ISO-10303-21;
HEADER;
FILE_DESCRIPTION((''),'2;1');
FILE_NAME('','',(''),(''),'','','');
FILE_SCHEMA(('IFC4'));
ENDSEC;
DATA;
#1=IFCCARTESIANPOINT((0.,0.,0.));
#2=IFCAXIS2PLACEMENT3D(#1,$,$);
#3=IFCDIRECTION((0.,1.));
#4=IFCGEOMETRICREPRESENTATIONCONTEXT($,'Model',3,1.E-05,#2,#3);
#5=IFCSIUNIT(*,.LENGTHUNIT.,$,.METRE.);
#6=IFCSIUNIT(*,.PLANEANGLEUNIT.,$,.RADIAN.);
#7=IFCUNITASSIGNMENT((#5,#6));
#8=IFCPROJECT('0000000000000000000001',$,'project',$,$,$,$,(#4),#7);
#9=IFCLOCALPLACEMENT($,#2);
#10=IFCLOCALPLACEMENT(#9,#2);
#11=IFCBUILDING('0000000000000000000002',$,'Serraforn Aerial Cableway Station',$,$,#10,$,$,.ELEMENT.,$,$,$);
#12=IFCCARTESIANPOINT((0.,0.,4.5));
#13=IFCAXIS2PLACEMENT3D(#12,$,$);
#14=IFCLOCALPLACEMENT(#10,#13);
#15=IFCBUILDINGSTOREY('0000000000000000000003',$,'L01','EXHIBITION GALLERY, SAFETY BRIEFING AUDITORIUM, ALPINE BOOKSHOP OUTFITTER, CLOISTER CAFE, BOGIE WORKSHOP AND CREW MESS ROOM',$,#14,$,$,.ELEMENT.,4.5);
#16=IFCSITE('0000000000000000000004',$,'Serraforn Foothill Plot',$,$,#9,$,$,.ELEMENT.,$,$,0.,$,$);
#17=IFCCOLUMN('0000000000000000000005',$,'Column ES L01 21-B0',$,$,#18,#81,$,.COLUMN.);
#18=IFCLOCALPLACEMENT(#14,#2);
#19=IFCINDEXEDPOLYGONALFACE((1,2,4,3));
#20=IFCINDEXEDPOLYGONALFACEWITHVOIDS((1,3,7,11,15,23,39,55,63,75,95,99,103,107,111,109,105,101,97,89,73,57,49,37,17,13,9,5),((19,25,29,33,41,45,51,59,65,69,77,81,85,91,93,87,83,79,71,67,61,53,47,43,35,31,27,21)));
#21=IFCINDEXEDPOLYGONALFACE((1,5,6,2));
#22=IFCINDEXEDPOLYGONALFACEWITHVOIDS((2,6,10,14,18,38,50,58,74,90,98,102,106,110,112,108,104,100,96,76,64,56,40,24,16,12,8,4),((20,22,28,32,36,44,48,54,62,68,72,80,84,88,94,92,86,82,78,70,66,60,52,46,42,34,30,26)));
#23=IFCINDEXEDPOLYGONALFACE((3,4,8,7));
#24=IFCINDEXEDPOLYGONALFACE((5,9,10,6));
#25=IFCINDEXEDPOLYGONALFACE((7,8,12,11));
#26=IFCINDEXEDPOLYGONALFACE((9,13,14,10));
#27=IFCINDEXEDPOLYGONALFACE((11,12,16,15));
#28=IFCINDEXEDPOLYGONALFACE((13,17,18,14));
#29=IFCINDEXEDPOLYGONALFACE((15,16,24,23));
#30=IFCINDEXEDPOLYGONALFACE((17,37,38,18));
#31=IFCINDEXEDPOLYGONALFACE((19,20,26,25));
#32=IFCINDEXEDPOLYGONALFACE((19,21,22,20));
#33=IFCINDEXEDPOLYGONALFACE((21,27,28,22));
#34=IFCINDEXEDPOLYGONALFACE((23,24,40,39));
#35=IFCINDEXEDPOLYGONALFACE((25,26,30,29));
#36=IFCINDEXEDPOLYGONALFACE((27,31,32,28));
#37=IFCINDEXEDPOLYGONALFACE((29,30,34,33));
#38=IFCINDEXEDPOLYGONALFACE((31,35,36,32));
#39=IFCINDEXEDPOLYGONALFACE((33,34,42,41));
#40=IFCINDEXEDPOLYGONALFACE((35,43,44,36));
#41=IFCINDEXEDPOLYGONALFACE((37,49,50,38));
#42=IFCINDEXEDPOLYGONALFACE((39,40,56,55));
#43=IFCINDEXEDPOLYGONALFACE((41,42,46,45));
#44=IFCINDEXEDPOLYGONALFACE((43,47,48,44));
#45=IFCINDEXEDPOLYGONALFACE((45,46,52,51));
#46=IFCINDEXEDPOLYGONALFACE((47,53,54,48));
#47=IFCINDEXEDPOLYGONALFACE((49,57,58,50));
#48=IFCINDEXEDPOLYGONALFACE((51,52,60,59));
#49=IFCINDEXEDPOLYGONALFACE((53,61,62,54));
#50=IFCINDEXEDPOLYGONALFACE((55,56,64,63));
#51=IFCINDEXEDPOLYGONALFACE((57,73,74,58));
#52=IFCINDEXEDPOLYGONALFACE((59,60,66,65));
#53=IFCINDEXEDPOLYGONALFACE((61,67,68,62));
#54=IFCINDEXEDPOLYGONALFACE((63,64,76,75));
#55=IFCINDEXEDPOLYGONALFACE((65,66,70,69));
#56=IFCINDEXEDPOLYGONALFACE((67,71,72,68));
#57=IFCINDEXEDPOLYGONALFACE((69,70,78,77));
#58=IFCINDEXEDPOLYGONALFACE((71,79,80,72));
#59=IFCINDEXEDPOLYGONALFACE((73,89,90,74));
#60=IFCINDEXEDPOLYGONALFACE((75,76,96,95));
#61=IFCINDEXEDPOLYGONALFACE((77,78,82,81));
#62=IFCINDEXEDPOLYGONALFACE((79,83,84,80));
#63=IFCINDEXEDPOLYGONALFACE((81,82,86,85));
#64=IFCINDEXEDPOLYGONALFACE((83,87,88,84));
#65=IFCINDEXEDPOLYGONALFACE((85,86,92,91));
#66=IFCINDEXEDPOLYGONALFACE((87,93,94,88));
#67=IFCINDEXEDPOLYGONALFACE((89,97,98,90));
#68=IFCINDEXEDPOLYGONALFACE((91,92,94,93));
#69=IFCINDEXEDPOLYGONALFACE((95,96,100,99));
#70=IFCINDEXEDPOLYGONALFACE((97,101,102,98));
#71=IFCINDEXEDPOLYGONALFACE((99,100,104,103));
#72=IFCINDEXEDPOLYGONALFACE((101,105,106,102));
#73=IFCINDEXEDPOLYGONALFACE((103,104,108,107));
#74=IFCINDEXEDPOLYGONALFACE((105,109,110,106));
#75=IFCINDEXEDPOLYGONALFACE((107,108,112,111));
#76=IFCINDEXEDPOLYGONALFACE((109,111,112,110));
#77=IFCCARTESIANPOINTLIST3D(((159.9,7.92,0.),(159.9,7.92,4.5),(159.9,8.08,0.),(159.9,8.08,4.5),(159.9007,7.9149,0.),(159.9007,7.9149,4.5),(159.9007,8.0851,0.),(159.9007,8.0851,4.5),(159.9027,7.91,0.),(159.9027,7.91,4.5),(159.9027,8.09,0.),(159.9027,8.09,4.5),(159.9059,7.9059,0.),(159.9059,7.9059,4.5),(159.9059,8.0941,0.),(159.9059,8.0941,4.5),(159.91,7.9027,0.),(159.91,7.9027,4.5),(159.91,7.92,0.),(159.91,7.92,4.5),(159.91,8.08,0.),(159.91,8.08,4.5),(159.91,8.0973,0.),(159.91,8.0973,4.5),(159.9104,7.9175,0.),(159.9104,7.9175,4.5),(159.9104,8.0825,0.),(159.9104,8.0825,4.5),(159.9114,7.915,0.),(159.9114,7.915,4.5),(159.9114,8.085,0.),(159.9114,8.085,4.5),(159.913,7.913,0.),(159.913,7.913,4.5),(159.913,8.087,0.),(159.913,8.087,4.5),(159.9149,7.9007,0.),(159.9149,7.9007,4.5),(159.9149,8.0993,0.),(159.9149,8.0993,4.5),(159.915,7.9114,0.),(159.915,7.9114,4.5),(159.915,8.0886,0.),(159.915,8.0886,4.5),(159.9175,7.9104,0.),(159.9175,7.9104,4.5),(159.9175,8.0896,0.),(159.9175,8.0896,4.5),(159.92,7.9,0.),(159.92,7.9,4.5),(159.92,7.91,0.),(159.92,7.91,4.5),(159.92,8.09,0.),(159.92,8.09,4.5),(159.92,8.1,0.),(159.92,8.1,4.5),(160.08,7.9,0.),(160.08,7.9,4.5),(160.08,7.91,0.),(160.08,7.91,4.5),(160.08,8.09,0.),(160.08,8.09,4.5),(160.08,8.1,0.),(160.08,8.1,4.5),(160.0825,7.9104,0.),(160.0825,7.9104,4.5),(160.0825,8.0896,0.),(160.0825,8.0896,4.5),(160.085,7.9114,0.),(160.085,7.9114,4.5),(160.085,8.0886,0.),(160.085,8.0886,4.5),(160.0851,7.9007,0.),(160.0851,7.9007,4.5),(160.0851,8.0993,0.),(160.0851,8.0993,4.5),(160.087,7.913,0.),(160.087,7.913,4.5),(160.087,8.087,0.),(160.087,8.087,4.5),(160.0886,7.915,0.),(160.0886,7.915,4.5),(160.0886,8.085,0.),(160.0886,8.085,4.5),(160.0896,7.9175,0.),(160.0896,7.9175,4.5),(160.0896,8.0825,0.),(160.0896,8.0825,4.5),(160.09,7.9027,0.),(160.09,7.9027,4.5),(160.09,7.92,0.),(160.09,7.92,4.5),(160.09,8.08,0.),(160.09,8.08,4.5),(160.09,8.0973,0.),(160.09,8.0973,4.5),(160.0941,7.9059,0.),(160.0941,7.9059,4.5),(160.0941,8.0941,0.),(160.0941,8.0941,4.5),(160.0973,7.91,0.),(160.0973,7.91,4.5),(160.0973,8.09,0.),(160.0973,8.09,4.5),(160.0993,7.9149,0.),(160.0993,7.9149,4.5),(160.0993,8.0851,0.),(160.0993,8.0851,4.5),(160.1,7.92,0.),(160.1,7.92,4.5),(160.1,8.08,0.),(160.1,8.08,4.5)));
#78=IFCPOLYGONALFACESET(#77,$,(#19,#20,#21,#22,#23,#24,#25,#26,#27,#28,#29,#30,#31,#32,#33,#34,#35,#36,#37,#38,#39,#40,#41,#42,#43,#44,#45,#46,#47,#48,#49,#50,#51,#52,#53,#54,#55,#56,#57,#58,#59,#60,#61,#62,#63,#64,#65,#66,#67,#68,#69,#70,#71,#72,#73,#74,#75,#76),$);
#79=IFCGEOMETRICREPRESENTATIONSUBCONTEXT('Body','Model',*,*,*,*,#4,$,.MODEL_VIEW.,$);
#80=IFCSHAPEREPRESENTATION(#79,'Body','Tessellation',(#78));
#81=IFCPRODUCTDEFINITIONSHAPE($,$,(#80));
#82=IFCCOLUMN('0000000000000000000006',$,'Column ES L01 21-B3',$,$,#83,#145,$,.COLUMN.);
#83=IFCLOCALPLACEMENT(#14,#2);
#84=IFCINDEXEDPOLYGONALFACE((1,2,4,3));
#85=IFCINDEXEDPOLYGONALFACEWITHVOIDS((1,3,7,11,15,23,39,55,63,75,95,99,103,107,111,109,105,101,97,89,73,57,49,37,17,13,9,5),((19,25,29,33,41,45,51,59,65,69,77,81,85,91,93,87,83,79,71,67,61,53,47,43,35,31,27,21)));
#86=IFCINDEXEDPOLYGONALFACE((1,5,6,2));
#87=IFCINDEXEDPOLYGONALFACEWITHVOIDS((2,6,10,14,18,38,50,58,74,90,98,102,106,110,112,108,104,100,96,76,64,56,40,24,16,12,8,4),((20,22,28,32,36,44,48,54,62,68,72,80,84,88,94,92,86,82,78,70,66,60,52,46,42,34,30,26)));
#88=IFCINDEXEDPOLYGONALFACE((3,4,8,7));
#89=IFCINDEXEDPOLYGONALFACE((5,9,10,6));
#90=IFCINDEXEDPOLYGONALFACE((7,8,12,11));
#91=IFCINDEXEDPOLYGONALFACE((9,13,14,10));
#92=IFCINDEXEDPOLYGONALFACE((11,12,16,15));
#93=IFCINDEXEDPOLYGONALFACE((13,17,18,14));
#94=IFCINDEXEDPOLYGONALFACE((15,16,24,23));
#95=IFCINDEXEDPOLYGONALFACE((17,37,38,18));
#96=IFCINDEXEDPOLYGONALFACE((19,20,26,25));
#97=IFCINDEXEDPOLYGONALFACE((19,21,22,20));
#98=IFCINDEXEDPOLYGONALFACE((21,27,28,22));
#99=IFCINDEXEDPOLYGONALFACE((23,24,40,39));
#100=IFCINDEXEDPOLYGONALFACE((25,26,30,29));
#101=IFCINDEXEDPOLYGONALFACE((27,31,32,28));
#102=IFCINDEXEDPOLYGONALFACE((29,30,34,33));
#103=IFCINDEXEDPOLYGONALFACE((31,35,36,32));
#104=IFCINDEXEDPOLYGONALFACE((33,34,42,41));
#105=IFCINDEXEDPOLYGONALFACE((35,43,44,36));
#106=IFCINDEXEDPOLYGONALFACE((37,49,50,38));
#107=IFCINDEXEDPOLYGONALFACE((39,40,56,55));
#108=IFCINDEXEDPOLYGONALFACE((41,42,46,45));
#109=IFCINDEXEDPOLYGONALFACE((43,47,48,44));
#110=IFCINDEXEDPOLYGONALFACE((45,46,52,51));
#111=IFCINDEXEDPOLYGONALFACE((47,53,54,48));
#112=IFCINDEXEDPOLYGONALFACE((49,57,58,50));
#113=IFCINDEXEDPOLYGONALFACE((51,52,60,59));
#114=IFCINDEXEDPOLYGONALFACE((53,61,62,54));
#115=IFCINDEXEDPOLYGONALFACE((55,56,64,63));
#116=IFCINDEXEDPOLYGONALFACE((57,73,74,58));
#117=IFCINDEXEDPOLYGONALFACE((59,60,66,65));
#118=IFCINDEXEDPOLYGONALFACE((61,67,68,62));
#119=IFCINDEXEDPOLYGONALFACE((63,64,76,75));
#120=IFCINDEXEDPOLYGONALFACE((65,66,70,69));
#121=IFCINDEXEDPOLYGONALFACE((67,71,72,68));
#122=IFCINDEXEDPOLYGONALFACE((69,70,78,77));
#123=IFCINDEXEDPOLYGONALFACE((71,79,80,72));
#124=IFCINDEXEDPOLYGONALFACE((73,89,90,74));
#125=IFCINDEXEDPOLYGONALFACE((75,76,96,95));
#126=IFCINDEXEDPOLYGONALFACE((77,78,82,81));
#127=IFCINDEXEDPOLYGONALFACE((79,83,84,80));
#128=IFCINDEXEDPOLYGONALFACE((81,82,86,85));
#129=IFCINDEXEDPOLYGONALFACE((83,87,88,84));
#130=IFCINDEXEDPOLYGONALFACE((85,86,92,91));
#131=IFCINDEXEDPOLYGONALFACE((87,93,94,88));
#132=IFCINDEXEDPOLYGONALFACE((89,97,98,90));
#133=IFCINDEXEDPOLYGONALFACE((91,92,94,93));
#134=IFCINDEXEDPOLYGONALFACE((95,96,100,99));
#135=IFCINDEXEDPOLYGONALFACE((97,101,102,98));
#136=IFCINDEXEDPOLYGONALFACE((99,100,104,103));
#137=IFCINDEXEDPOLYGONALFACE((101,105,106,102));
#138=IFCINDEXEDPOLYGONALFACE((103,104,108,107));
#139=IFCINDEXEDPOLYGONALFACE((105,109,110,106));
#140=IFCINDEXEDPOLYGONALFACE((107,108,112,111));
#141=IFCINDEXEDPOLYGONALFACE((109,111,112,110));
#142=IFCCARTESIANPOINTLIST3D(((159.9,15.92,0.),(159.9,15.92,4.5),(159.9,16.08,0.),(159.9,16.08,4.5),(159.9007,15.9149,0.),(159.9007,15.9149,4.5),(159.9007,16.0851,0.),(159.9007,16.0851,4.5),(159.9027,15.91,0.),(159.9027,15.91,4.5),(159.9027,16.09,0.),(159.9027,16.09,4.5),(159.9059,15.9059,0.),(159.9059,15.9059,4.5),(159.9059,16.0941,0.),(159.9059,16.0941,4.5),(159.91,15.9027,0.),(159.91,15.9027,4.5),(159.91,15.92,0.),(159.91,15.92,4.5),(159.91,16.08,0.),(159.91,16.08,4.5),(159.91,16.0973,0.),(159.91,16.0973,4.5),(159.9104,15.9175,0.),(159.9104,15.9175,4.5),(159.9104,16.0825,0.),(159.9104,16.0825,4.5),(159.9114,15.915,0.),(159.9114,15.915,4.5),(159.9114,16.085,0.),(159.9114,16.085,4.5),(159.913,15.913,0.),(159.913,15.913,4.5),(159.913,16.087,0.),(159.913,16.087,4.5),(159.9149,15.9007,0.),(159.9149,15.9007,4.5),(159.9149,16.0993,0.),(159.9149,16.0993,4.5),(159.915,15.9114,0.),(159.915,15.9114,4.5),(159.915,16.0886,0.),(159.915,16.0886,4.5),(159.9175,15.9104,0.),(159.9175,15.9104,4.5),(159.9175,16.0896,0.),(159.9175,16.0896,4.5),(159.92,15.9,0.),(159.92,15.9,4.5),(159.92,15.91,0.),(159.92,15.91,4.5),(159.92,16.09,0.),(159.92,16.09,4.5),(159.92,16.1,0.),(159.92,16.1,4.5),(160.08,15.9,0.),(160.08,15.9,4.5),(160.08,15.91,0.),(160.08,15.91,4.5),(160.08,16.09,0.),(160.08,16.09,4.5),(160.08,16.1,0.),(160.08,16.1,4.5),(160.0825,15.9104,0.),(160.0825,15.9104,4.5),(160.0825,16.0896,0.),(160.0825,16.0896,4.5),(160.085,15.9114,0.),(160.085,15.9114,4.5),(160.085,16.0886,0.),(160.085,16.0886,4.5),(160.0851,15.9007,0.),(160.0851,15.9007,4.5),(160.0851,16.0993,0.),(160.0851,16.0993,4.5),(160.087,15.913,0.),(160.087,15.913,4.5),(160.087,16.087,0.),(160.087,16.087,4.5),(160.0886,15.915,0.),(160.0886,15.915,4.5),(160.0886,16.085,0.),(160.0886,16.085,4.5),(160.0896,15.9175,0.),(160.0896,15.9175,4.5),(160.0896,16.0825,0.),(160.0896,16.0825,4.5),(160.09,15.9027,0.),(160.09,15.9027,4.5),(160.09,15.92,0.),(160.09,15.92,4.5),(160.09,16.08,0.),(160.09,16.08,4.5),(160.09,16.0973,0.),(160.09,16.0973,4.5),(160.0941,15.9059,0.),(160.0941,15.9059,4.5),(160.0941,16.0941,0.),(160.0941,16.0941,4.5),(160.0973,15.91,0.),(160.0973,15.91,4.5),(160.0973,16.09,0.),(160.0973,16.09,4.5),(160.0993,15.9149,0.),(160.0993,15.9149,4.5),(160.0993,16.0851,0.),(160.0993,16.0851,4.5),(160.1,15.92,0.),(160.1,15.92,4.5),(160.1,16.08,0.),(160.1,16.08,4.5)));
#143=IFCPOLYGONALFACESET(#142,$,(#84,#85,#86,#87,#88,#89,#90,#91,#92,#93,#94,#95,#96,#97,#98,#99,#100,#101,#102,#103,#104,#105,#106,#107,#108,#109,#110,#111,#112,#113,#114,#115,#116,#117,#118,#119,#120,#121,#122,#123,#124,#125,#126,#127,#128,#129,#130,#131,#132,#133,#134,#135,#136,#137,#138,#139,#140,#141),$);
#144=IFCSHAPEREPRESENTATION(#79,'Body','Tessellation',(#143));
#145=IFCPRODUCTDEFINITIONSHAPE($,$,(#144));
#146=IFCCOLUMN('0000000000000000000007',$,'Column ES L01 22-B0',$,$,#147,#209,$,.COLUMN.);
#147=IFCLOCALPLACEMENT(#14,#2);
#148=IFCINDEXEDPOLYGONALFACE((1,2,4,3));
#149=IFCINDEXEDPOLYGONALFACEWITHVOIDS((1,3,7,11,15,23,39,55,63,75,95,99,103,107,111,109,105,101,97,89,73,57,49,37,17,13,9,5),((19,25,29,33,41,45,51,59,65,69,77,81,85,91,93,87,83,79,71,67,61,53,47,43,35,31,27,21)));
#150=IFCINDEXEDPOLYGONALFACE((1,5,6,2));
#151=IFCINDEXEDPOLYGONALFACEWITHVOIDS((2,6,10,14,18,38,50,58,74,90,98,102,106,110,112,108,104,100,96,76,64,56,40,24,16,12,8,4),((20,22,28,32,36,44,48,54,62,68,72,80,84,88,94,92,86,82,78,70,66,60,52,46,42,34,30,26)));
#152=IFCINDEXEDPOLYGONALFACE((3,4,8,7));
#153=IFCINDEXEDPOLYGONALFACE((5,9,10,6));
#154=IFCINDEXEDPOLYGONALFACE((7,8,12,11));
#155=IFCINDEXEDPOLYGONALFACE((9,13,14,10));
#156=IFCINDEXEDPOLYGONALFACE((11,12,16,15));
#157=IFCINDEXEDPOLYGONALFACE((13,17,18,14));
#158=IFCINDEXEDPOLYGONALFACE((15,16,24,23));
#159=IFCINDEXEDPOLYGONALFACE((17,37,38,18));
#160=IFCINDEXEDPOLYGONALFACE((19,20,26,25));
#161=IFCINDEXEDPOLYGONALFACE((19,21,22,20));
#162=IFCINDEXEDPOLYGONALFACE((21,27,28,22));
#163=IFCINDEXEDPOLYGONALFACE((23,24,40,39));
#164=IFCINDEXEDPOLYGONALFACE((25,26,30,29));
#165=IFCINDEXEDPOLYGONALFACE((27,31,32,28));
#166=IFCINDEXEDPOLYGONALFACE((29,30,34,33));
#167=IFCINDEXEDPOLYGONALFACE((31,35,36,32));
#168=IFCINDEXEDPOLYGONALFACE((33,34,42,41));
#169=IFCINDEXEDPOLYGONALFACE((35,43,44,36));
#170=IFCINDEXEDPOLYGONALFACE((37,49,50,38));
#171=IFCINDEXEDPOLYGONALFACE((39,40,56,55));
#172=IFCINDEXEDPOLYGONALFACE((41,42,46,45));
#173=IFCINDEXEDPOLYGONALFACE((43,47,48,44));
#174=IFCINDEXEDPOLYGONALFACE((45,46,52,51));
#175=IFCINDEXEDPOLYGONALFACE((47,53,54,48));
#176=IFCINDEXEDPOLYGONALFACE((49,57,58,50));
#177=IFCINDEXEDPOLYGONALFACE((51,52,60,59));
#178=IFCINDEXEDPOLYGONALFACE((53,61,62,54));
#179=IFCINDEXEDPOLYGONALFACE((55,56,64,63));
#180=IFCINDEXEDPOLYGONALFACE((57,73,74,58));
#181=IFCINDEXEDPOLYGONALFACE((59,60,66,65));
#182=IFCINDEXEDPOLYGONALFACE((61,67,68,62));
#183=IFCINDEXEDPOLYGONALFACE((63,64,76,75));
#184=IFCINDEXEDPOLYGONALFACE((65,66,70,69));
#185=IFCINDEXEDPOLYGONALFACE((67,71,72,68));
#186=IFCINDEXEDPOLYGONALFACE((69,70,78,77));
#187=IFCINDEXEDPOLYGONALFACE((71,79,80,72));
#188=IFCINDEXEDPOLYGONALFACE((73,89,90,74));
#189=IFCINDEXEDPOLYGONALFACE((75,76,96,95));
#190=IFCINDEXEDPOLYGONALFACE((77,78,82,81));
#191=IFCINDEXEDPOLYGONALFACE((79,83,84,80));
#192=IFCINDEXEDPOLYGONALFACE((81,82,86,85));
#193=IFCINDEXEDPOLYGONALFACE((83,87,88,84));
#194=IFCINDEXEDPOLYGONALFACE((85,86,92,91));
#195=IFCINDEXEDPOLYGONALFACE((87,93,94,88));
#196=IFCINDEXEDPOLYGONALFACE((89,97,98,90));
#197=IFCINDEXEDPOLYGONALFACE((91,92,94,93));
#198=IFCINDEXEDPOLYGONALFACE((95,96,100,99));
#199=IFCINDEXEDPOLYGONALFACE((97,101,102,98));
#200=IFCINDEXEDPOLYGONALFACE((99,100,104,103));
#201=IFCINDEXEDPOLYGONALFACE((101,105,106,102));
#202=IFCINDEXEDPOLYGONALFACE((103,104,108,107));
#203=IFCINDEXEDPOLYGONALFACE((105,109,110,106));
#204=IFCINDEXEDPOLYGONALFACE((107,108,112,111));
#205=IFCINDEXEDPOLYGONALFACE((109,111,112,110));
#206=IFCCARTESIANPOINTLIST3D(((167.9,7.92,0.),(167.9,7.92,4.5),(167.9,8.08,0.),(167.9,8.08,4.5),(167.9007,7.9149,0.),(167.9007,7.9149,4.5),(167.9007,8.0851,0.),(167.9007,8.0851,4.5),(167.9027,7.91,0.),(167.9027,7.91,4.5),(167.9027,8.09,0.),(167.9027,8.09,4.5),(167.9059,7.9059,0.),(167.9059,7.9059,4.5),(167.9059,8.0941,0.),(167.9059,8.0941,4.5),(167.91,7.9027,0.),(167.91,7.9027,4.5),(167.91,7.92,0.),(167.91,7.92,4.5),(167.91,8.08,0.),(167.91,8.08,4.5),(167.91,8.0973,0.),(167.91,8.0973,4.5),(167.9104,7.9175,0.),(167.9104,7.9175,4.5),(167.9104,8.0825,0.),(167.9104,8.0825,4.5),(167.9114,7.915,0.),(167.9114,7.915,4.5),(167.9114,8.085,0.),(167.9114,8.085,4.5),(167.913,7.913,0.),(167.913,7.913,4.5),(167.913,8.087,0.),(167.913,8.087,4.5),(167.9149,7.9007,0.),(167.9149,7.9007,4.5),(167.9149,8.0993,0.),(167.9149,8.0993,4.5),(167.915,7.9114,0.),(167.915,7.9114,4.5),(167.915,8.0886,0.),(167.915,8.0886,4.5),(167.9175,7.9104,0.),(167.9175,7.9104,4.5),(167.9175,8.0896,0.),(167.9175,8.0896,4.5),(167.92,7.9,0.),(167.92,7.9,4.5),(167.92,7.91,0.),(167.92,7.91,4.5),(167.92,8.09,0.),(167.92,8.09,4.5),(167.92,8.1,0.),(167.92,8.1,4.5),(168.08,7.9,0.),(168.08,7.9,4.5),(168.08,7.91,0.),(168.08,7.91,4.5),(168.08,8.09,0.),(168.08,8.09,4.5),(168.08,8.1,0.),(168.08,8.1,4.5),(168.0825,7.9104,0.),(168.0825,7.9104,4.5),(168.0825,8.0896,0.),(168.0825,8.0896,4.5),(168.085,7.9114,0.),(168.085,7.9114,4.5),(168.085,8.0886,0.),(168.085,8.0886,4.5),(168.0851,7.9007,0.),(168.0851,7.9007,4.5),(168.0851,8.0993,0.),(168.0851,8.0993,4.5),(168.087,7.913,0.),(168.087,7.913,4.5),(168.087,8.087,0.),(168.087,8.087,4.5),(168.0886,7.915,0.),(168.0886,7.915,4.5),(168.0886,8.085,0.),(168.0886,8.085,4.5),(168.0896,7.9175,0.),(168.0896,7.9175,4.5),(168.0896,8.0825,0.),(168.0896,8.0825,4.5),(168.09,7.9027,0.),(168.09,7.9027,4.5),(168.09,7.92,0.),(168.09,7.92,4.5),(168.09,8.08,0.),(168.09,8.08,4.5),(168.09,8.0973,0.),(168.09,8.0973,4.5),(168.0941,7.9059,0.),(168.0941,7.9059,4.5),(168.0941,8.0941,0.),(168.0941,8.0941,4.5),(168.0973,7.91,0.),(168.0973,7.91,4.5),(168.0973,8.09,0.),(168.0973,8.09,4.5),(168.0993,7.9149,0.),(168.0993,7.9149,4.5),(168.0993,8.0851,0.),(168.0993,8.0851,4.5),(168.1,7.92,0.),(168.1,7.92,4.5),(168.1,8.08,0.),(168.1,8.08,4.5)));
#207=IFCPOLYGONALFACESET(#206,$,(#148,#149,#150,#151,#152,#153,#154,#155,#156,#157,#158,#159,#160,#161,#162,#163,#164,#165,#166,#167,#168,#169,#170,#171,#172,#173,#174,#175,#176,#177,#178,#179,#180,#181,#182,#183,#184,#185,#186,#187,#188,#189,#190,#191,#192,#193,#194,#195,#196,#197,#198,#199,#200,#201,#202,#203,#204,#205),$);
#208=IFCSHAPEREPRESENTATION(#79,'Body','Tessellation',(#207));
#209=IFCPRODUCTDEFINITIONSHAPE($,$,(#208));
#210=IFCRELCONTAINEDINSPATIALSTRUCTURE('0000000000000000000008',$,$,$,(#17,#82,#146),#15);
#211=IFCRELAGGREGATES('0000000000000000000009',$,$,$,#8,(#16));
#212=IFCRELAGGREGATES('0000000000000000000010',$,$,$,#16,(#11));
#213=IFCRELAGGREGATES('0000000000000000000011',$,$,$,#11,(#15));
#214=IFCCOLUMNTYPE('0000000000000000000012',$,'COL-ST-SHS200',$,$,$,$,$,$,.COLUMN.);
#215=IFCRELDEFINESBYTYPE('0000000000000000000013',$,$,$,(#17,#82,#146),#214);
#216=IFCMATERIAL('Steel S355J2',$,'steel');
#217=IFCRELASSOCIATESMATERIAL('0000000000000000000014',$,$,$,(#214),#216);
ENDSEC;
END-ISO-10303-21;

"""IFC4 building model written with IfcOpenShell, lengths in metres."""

from ifc_helpers import new_model, si_unit, direction, frame, origin, origin_2d, place, context, subcontext, project, spatial, hollow_rectangle, extrude, material, material_profile, profile_set, type_object, element, save


model = new_model("IFC4")

# Units and contexts
model_context = context("Model", 3, precision=1e-05, world=origin(), true_north=direction((0.0, 1.0)))
body_context = subcontext(model_context, "Body", "Model", "MODEL_VIEW")
ifc_project = project(units=[si_unit("LENGTHUNIT", "METRE"), si_unit("PLANEANGLEUNIT", "RADIAN")], contexts=[model_context])

# Site, building, storey
site_placement = place(None, origin())
site = spatial("IfcSite", under=ifc_project, at=site_placement, Name="Serraforn Foothill Plot", CompositionType="ELEMENT", RefElevation=0.0)
building_placement = place(site_placement, origin())
building = spatial("IfcBuilding", under=site, at=building_placement, Name="Serraforn Aerial Cableway Station", CompositionType="ELEMENT")
storey_placement = place(building_placement, frame((0.0, 0.0, 4.5)))
storey = spatial("IfcBuildingStorey", under=building, at=storey_placement, Name="L01", Description="EXHIBITION GALLERY, SAFETY BRIEFING AUDITORIUM, ALPINE BOOKSHOP OUTFITTER, CLOISTER CAFE, BOGIE WORKSHOP AND CREW MESS ROOM", CompositionType="ELEMENT", Elevation=4.5)

# Columns
ifc_material_1 = material(Name="Steel S355J2", Category="steel")
ifc_material_profile_1 = material_profile(ifc_material_1, hollow_rectangle(XDim=0.2, YDim=0.2, WallThickness=0.01, InnerFilletRadius=0.01, OuterFilletRadius=0.02, at=origin_2d()), Name="SHS 200x200x10.0")
ifc_profile_set_1 = profile_set([ifc_material_profile_1], Name="Steel S355J2")
column_type = type_object("IfcColumnType", Name="COL-ST-SHS200", PredefinedType="COLUMN", material=ifc_profile_set_1)
for number, where, z_axis, x_axis, name in (
    (1, (160.0, 8.0, 0.0), (0.0, 0.0, 1.0), (1.0, 0.0, 0.0), "Column ES L01 21-B0"),
    (2, (160.0, 16.0, 0.0), (0.0, 0.0, 1.0), (1.0, 0.0, 0.0), "Column ES L01 21-B3"),
    (3, (168.0, 8.0, 0.0), (0.0, 0.0, 1.0), (1.0, 0.0, 0.0), "Column ES L01 22-B0"),
):
    element("IfcColumn", number, at=place(storey_placement, frame(where, z_axis=z_axis, x_axis=x_axis)), inside=storey, type_object=column_type, Name=name, PredefinedType="COLUMN", context=body_context, shape_type="SweptSolid", body=[
        extrude(hollow_rectangle(XDim=0.2, YDim=0.2, WallThickness=0.01, InnerFilletRadius=0.01, OuterFilletRadius=0.02, at=origin_2d()), origin(), (0.0, 0.0, 1.0), 4.5),
    ])

save(model, "model.ifc")
